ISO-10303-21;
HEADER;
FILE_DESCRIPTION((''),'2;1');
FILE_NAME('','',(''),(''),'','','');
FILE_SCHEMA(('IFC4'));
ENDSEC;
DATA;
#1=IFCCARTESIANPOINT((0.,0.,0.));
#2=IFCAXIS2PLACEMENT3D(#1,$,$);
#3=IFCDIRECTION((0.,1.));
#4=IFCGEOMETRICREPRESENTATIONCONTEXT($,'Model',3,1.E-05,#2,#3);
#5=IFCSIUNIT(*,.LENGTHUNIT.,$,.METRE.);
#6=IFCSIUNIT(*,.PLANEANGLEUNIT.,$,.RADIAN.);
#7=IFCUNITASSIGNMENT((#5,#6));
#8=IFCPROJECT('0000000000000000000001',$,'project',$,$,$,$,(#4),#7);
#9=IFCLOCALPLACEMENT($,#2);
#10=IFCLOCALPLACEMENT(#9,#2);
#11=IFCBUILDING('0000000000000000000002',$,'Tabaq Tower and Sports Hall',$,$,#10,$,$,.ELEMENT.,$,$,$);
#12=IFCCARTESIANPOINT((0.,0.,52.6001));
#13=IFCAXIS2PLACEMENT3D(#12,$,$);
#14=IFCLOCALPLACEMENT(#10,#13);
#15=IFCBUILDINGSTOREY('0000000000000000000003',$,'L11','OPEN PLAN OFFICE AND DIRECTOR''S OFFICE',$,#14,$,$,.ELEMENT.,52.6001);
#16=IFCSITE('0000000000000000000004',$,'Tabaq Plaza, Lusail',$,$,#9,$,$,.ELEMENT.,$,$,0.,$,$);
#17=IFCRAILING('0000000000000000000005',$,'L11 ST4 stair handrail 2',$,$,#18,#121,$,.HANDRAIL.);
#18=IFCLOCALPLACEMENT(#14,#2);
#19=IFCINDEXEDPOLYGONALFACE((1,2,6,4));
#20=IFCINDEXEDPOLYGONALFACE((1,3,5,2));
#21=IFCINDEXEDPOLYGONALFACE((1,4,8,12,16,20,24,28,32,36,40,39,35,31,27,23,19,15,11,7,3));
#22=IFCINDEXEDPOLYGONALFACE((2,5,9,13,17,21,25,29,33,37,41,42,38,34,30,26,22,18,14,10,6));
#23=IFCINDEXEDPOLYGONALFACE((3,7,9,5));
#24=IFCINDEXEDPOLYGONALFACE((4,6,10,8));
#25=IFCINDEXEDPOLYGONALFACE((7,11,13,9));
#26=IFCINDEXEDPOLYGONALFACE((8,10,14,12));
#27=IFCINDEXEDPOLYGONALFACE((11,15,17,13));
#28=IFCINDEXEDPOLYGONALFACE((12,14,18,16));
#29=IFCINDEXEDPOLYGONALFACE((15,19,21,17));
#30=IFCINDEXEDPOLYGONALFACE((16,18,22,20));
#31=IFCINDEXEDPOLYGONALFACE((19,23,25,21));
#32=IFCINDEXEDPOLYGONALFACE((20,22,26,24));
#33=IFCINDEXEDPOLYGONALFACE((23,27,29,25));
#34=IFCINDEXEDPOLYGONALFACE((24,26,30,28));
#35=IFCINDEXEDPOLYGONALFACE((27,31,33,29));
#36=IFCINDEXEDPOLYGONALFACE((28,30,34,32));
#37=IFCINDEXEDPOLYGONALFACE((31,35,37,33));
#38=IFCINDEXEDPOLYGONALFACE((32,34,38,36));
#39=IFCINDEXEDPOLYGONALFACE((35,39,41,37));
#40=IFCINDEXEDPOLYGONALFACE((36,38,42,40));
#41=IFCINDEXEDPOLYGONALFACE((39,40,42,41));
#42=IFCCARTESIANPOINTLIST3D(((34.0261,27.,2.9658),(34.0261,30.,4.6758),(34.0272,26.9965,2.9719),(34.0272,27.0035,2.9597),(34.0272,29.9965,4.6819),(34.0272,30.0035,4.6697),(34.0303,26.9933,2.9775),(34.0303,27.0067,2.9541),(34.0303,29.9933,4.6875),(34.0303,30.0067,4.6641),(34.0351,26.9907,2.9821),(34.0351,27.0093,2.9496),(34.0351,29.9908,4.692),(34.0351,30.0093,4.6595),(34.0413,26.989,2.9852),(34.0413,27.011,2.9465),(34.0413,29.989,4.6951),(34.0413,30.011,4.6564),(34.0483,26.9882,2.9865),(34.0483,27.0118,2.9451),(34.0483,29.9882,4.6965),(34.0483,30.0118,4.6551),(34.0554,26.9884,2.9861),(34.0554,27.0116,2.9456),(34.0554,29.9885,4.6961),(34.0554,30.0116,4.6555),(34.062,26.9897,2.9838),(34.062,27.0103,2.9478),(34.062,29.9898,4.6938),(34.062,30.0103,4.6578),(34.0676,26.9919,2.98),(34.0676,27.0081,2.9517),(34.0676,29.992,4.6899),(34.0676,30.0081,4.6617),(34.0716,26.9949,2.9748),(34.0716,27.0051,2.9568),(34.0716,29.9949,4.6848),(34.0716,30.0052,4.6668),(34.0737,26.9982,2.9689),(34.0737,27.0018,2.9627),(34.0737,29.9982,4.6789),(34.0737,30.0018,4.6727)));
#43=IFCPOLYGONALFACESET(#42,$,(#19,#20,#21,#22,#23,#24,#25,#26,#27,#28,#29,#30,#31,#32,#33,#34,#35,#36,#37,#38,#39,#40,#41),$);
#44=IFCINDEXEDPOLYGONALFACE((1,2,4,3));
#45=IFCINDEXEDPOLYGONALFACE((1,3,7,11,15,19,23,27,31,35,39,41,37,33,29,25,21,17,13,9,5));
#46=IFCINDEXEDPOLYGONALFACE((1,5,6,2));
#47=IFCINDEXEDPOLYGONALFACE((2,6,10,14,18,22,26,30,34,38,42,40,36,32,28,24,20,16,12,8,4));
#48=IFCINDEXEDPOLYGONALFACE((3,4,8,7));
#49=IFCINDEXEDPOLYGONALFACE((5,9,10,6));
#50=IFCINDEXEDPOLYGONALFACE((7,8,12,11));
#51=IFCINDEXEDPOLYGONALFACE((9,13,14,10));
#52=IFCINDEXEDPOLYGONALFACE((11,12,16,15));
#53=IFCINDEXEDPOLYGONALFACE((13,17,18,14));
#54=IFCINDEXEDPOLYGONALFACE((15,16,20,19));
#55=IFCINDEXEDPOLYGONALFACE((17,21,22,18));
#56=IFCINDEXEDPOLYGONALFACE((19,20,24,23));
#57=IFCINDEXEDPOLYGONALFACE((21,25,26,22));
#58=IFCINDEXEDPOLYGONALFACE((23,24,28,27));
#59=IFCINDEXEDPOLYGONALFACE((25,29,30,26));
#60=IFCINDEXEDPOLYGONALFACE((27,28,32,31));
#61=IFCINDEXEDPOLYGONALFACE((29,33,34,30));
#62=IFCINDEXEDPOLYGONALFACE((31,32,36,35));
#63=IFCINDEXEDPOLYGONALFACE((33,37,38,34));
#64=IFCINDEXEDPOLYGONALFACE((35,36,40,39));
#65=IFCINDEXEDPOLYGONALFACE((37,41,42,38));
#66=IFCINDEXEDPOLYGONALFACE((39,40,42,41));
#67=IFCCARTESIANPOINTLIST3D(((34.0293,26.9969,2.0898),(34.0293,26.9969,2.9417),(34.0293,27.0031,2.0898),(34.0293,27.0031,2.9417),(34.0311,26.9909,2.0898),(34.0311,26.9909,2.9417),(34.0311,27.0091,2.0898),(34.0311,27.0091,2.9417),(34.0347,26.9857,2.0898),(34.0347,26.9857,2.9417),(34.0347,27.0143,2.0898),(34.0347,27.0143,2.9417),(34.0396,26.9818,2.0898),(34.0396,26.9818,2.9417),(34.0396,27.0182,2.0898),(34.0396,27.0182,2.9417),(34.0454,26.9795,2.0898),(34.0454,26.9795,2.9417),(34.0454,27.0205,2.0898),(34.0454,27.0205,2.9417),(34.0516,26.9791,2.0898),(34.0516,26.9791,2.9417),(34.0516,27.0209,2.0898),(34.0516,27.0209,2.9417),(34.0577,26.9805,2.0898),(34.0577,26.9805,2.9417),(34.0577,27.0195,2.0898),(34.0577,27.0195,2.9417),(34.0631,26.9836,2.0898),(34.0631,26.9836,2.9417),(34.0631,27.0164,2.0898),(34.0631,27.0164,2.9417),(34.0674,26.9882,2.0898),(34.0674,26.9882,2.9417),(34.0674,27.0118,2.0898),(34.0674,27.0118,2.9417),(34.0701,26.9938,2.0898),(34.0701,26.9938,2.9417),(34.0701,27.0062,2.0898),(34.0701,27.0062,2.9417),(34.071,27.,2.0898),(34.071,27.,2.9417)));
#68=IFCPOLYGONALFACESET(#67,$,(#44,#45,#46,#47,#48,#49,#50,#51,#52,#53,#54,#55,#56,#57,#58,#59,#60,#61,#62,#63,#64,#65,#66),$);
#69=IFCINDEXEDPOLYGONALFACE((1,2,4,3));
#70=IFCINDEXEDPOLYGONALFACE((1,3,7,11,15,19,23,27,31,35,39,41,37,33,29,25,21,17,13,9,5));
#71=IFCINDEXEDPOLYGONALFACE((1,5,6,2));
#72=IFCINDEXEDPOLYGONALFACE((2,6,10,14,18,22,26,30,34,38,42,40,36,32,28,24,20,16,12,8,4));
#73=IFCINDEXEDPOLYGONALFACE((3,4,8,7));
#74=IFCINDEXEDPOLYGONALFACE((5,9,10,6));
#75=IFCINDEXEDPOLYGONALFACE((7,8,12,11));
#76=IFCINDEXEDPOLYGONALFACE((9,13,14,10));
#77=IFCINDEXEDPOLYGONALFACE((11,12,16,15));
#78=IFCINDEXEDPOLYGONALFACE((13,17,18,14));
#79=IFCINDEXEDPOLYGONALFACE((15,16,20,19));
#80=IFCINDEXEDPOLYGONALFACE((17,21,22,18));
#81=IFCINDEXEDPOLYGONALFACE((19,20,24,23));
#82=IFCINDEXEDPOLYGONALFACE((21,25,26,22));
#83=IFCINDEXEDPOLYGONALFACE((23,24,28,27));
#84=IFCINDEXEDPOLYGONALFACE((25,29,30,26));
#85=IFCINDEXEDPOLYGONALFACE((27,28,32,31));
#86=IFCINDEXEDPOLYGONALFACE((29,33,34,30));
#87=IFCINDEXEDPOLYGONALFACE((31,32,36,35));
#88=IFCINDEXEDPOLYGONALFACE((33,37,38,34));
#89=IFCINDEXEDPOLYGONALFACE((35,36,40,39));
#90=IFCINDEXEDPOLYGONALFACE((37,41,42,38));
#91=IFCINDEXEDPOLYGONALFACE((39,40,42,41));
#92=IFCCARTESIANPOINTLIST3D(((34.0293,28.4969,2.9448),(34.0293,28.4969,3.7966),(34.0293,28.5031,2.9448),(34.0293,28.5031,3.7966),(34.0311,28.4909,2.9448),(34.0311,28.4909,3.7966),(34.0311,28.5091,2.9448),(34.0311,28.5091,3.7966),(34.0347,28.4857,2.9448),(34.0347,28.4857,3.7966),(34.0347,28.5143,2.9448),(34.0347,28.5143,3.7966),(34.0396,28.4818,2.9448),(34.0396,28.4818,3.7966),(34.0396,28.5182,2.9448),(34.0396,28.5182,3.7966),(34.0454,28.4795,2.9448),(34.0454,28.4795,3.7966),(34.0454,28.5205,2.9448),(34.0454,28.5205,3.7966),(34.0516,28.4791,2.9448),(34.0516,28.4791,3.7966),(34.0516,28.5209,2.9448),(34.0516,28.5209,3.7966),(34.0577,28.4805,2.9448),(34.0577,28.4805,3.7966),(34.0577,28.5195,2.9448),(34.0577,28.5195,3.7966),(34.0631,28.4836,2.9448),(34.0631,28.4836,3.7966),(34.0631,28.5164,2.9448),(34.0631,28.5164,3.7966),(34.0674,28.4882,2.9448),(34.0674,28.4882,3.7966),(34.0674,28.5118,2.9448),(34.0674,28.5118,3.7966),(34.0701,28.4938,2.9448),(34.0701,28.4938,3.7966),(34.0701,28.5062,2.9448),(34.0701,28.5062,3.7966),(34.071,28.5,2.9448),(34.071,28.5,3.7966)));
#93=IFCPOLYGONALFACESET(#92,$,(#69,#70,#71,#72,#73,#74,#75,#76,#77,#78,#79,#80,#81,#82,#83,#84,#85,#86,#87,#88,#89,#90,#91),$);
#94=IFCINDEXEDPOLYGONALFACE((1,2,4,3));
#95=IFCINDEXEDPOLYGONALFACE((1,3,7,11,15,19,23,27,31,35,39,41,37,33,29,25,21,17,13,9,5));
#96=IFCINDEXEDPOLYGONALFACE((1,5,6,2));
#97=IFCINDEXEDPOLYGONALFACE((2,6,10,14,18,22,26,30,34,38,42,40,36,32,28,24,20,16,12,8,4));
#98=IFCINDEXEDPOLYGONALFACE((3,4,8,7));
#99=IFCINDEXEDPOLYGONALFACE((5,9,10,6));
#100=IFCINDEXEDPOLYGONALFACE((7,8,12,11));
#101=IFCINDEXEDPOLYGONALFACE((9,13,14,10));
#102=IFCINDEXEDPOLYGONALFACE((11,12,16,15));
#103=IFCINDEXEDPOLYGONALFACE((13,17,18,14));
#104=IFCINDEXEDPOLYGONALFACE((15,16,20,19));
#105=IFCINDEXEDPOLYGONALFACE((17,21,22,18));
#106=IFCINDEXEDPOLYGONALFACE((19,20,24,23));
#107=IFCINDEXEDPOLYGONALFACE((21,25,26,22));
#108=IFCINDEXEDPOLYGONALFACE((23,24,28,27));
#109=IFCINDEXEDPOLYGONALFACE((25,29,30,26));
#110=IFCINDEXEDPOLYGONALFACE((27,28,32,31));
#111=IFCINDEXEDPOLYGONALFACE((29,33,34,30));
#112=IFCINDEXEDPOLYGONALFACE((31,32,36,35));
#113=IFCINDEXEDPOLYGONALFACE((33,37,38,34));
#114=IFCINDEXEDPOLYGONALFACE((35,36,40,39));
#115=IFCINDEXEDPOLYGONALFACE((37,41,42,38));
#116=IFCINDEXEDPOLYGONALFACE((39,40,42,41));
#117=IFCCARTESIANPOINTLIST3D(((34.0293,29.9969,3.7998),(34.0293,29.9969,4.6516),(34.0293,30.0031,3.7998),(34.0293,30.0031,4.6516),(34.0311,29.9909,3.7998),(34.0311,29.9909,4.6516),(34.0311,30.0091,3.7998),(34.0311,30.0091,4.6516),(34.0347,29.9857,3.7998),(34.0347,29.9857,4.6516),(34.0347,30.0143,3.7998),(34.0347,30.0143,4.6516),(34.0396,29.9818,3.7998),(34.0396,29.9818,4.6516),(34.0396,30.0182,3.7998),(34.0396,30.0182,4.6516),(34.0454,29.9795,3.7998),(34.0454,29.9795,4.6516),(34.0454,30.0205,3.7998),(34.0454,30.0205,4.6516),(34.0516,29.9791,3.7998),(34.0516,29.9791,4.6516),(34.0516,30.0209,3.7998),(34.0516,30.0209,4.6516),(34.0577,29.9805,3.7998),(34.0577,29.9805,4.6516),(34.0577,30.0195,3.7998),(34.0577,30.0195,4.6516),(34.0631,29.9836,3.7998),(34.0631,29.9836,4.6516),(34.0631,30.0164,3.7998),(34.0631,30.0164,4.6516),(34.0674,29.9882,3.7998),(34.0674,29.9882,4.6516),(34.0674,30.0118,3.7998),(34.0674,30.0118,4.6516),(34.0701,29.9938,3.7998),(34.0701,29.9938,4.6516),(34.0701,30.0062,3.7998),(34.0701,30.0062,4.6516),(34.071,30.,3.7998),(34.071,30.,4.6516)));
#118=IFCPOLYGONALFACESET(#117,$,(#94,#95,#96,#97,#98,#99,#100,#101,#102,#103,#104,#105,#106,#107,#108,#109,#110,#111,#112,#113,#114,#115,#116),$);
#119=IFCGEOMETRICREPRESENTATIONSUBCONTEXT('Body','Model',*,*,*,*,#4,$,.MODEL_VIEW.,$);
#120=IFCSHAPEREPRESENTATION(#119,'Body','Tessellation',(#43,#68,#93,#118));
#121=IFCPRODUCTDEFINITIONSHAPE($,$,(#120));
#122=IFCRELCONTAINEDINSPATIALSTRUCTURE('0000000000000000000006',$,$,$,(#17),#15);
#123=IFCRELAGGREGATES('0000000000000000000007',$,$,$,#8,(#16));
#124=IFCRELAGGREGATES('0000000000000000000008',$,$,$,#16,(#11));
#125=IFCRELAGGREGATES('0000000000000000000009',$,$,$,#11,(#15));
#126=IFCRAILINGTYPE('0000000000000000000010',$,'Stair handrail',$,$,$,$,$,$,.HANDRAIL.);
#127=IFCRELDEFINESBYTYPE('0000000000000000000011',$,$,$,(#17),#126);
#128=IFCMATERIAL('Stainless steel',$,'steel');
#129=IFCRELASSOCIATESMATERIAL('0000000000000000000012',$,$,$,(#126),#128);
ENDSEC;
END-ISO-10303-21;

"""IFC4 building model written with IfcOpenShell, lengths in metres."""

from ifc_helpers import new_model, si_unit, direction, frame, origin, origin_2d, place, context, subcontext, project, spatial, circle, extrude, material, type_object, element, save


model = new_model("IFC4")

# Units and contexts
model_context = context("Model", 3, precision=1e-05, world=origin(), true_north=direction((0.0, 1.0)))
body_context = subcontext(model_context, "Body", "Model", "MODEL_VIEW")
ifc_project = project(units=[si_unit("LENGTHUNIT", "METRE"), si_unit("PLANEANGLEUNIT", "RADIAN")], contexts=[model_context])

# Site, building, storey
site_placement = place(None, origin())
site = spatial("IfcSite", under=ifc_project, at=site_placement, Name="Tabaq Plaza, Lusail", CompositionType="ELEMENT", RefElevation=0.0)
building_placement = place(site_placement, origin())
building = spatial("IfcBuilding", under=site, at=building_placement, Name="Tabaq Tower and Sports Hall", CompositionType="ELEMENT")
storey_placement = place(building_placement, frame((0.0, 0.0, 52.6001)))
storey = spatial("IfcBuildingStorey", under=building, at=storey_placement, Name="L11", Description="OPEN PLAN OFFICE AND DIRECTOR'S OFFICE", CompositionType="ELEMENT", Elevation=52.6001)

# Railing
ifc_material_1 = material(Name="Stainless steel", Category="steel")
railing_type_1 = type_object("IfcRailingType", Name="Stair handrail", PredefinedType="HANDRAIL", material=ifc_material_1)
railing_1_placement = place(storey_placement, frame((34.05, 27.0, 2.0898)))
element("IfcRailing", 1, at=railing_1_placement, inside=storey, type_object=railing_type_1, Name="L11 ST4 stair handrail 2", PredefinedType="HANDRAIL", context=body_context, shape_type="SweptSolid", body=[
    extrude(circle(Radius=0.0239, at=origin_2d()), frame((0.0, 0.0, 0.876), z_axis=(0.0, 0.868782, 0.495195), x_axis=(-1.0, 0.0, 0.0)), (0.0, 0.0, 1.0), 3.4531),
    extrude(circle(Radius=0.021, at=origin_2d()), origin(), (0.0, 0.0, 1.0), 0.8518),
    extrude(circle(Radius=0.021, at=origin_2d()), frame((0.0, 1.5, 0.855)), (0.0, 0.0, 1.0), 0.8518),
    extrude(circle(Radius=0.021, at=origin_2d()), frame((0.0, 3.0, 1.71)), (0.0, 0.0, 1.0), 0.8518),
])

save(model, "model.ifc")
